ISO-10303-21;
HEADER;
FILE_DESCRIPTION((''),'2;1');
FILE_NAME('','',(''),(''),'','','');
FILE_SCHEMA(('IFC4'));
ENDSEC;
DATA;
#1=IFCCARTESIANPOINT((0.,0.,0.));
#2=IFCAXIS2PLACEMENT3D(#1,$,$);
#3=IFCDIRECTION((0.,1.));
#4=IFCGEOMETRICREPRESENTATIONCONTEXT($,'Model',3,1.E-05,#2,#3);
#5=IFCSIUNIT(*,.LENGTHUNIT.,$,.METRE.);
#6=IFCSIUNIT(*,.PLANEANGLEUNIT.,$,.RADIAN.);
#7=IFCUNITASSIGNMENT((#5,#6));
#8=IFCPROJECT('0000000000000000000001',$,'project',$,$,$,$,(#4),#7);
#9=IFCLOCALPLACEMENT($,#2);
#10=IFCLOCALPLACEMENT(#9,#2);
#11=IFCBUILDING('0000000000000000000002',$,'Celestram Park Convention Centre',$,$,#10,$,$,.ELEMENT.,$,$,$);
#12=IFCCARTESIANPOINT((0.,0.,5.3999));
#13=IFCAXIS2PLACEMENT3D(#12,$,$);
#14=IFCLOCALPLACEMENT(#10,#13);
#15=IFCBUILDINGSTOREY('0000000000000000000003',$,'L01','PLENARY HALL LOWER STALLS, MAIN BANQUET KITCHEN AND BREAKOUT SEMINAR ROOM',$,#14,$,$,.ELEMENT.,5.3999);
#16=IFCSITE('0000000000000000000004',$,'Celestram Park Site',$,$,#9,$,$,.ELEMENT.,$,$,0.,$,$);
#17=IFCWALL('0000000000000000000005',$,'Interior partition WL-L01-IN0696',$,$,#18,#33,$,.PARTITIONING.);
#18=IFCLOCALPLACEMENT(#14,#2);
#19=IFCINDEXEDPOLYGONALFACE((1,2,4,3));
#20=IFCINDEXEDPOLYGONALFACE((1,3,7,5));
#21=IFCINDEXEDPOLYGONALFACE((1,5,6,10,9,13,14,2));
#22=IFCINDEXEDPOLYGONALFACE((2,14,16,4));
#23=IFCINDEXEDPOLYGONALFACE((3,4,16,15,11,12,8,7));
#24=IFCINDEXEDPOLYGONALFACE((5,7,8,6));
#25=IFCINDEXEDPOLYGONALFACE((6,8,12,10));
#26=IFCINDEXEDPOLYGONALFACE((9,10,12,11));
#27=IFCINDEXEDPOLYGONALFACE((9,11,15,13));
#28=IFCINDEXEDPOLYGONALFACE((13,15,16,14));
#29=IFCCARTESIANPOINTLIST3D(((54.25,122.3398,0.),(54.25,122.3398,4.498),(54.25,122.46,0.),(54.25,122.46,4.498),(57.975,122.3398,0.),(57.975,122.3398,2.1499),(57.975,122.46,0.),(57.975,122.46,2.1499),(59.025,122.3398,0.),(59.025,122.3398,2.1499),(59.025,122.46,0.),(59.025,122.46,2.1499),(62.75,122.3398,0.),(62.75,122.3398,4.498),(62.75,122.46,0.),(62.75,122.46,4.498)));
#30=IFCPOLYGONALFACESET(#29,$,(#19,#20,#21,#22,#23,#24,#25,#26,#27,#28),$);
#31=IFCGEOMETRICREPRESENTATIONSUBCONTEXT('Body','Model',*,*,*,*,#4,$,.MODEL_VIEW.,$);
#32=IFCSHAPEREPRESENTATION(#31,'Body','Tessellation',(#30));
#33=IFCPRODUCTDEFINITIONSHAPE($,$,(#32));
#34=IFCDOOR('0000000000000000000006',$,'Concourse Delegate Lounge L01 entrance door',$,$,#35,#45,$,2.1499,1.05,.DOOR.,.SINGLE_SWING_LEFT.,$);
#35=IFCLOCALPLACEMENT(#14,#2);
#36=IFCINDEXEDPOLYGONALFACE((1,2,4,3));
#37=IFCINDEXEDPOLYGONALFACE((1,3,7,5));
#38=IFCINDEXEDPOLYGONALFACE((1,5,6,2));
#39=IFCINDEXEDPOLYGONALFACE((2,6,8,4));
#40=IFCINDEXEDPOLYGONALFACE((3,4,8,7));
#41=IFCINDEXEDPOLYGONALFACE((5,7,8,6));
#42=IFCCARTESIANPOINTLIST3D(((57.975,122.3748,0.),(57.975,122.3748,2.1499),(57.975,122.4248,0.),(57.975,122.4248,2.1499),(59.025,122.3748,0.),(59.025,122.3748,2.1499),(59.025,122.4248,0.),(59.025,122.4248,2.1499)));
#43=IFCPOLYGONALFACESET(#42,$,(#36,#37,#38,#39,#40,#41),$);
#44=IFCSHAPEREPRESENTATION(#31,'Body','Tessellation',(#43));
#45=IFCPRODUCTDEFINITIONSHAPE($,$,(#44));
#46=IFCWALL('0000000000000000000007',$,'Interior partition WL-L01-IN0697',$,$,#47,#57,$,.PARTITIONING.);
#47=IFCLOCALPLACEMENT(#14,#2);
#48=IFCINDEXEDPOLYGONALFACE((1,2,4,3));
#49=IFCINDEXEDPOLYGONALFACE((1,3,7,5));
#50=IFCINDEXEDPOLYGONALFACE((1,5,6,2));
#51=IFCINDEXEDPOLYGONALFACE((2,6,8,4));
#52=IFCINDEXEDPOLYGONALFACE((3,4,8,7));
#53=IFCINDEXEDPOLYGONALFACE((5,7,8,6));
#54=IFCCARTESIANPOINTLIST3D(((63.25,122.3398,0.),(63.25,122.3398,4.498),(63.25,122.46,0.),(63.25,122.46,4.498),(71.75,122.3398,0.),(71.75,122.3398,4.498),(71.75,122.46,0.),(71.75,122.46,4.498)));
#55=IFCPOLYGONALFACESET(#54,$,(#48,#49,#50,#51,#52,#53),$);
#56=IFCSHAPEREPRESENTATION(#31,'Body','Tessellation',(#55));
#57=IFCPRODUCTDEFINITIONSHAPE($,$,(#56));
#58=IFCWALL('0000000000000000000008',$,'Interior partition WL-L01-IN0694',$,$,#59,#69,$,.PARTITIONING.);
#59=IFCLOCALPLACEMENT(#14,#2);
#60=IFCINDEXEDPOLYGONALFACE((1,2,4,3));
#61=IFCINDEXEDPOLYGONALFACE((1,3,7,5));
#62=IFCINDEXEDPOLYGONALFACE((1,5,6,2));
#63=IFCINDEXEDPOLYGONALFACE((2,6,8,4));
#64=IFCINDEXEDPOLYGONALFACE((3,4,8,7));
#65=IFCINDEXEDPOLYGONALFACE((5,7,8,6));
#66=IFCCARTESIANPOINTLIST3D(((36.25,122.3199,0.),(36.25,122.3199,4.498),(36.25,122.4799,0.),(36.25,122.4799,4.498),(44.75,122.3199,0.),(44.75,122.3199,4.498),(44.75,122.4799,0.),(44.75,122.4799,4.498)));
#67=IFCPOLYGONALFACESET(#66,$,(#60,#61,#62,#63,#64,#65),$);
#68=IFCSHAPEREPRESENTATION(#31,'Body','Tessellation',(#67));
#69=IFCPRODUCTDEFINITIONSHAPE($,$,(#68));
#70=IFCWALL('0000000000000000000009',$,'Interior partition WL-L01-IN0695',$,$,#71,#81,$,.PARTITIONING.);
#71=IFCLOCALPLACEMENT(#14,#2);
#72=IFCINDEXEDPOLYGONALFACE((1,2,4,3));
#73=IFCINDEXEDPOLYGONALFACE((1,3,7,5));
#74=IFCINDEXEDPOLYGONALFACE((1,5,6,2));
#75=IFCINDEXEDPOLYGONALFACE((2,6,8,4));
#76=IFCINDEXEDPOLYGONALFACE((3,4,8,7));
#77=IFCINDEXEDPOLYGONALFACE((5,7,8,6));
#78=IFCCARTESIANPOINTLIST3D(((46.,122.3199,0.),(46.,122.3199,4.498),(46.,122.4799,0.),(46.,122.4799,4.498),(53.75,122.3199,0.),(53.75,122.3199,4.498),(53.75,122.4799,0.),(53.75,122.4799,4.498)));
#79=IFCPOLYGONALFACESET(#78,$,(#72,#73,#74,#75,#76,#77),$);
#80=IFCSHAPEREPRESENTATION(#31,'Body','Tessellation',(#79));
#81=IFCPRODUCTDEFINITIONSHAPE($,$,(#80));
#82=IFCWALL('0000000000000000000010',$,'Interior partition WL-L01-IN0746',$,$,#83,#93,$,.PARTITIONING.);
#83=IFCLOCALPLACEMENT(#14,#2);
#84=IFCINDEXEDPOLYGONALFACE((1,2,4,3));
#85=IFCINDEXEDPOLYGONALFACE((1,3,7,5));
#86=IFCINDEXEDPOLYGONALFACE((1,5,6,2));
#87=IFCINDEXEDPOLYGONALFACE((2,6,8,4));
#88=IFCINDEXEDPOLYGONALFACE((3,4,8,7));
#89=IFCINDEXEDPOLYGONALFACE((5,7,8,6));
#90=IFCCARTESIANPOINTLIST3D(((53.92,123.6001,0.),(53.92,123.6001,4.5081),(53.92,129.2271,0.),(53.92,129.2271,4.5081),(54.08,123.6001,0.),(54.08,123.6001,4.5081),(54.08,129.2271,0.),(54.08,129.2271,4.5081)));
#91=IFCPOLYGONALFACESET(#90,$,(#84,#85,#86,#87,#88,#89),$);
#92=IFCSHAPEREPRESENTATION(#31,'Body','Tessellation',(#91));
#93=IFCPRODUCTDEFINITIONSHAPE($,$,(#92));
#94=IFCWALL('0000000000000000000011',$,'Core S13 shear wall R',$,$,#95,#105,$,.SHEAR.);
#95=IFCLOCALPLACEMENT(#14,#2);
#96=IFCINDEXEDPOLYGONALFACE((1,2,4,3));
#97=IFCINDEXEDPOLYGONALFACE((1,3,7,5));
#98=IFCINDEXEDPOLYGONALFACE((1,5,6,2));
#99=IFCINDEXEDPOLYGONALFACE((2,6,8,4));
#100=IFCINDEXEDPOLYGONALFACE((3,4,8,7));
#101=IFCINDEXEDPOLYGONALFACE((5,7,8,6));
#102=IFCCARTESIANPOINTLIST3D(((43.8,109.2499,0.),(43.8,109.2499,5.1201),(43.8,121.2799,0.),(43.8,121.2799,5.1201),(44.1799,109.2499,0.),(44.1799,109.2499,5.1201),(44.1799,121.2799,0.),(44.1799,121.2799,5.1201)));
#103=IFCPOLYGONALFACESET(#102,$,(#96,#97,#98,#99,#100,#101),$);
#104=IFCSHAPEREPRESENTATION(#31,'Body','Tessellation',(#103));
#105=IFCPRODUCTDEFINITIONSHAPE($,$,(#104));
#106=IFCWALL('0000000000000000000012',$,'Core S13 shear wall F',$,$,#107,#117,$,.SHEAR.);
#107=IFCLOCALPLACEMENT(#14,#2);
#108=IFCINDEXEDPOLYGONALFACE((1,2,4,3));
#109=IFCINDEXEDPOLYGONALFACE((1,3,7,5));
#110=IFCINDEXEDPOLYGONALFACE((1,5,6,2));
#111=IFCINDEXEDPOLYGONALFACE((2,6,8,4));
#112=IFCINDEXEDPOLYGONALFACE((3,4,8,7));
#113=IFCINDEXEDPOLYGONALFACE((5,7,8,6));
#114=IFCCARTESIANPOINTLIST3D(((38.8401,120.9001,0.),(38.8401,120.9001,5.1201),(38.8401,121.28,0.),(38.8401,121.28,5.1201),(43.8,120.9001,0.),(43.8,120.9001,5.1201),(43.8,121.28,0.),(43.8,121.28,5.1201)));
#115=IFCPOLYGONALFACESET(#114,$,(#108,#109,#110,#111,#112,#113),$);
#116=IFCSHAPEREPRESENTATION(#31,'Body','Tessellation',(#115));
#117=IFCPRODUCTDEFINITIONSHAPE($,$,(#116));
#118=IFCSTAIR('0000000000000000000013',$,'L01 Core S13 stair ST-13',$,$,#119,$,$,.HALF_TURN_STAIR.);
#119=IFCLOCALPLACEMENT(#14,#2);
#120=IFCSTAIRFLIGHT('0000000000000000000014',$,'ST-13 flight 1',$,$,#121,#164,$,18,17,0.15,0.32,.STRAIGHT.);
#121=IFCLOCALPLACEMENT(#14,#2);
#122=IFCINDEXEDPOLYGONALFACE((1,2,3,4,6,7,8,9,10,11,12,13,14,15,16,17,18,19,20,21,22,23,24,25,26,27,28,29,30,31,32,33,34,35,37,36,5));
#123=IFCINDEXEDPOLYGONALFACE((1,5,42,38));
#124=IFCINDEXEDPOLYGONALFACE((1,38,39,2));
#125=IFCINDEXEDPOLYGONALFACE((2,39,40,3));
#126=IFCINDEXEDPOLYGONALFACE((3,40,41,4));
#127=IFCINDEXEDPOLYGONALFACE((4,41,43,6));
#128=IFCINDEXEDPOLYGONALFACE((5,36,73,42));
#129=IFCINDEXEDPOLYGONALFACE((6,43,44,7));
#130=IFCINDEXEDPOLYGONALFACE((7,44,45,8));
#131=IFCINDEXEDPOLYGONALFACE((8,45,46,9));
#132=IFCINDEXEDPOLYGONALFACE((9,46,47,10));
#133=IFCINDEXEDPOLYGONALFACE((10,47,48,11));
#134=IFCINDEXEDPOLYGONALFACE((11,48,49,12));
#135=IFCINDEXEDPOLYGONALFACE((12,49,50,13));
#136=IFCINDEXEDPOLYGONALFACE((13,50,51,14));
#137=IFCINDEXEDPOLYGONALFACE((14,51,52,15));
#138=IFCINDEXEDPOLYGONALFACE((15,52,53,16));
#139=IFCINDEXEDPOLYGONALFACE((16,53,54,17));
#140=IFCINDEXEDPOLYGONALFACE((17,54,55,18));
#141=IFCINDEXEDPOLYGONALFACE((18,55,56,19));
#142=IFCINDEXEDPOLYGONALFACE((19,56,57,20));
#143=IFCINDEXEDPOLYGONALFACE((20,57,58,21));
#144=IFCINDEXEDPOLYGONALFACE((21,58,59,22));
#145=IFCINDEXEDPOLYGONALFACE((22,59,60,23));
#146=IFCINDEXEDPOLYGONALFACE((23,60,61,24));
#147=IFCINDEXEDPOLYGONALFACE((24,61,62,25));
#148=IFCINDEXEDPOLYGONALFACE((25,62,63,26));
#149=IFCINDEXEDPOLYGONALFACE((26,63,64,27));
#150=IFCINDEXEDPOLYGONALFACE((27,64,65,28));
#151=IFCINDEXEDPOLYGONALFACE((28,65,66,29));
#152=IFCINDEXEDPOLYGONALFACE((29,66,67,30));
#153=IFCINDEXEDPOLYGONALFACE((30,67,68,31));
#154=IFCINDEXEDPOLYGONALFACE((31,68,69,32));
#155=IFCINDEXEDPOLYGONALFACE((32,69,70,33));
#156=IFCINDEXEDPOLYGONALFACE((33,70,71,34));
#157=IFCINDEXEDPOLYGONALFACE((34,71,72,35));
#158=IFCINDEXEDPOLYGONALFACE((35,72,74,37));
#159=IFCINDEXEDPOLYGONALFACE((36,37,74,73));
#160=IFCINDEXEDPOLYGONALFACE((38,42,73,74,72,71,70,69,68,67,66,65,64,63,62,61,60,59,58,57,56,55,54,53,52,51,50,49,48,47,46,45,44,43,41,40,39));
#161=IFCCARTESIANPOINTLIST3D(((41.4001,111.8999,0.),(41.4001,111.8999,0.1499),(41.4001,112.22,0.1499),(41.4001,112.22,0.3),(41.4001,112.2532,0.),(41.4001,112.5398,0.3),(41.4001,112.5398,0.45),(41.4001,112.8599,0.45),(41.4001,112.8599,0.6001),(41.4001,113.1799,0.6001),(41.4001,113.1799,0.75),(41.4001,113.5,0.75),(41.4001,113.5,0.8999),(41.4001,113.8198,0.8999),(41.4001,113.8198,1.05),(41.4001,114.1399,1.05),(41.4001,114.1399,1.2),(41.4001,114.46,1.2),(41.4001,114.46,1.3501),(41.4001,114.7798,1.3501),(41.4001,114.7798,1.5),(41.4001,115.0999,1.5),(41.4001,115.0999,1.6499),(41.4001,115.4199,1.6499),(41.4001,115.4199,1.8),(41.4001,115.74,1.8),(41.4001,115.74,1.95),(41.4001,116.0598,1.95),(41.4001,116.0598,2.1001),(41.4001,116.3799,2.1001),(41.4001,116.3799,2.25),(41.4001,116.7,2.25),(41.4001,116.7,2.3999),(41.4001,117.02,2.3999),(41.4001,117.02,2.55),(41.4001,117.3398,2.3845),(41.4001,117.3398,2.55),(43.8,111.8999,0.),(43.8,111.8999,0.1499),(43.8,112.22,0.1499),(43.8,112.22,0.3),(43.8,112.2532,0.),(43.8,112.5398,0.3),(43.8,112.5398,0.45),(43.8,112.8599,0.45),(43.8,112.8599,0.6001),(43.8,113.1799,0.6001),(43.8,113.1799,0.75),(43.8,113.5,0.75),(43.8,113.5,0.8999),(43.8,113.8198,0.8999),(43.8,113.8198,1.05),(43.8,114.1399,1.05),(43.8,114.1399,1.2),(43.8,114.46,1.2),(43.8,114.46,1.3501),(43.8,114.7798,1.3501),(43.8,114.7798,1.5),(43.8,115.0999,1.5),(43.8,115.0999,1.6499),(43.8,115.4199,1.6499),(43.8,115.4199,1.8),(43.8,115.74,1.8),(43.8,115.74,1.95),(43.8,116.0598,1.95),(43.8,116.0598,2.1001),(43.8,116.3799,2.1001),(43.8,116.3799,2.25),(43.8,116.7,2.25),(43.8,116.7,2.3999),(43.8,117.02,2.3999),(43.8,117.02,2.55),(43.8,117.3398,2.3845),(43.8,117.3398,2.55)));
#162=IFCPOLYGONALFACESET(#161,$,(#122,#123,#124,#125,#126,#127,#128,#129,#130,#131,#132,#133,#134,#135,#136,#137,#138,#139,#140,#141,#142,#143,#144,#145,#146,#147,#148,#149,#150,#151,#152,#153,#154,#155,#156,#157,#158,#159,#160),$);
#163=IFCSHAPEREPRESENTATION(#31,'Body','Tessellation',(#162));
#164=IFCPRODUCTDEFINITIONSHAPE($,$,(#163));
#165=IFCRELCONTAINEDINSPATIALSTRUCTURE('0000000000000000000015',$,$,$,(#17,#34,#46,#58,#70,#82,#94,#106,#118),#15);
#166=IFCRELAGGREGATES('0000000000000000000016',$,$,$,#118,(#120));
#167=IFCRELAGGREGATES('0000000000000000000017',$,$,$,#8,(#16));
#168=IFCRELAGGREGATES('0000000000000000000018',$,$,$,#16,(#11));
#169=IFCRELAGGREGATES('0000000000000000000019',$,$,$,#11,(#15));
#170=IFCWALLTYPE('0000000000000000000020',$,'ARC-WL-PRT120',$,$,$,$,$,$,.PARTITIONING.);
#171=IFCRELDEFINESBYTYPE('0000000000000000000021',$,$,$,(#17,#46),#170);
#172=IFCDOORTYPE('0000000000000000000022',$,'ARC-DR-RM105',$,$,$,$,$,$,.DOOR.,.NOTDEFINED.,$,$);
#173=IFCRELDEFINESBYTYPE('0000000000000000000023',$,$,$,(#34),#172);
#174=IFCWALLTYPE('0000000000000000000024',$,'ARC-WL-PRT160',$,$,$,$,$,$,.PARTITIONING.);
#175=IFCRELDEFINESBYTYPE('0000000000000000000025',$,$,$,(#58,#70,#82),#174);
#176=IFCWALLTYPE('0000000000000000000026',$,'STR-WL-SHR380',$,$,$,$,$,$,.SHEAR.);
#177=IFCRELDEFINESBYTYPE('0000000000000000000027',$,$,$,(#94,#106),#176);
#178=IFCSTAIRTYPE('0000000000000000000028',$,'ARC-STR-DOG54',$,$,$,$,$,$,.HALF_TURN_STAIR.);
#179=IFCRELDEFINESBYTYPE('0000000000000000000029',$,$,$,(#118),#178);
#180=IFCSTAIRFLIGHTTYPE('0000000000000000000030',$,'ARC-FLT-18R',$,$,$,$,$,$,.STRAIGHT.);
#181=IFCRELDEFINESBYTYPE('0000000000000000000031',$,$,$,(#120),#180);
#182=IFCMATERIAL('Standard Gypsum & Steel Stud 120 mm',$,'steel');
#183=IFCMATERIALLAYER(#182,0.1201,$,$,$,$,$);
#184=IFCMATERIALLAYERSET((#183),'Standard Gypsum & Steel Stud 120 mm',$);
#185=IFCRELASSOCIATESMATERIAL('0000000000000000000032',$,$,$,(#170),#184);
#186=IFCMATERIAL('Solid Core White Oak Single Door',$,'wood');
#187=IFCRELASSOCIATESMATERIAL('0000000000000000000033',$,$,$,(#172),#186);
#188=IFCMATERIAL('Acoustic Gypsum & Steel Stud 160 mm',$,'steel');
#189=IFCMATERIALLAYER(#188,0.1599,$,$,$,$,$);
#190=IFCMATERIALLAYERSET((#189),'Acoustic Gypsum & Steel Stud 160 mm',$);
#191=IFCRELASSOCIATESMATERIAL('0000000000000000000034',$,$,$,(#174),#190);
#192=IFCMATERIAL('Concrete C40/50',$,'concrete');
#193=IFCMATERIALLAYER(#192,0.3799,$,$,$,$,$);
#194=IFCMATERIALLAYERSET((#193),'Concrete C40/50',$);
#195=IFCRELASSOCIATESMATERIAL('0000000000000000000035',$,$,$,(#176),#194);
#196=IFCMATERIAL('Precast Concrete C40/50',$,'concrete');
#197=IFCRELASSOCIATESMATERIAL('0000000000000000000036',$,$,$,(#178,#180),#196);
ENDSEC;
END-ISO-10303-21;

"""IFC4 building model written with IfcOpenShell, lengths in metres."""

from ifc_helpers import new_model, si_unit, direction, frame, frame_2d, origin, place, context, subcontext, project, spatial, polyline, rectangle, outline, extrude, material, layer, layer_set, type_object, element, fill, aggregate, save


model = new_model("IFC4")

# Units and contexts
model_context = context("Model", 3, precision=1e-05, world=origin(), true_north=direction((0.0, 1.0)))
body_context = subcontext(model_context, "Body", "Model", "MODEL_VIEW")
ifc_project = project(units=[si_unit("LENGTHUNIT", "METRE"), si_unit("PLANEANGLEUNIT", "RADIAN")], contexts=[model_context])

# Site, building, storey
site_placement = place(None, origin())
site = spatial("IfcSite", under=ifc_project, at=site_placement, Name="Celestram Park Site", CompositionType="ELEMENT", RefElevation=0.0)
building_placement = place(site_placement, origin())
building = spatial("IfcBuilding", under=site, at=building_placement, Name="Celestram Park Convention Centre", CompositionType="ELEMENT")
storey_placement = place(building_placement, frame((0.0, 0.0, 5.3999)))
storey = spatial("IfcBuildingStorey", under=building, at=storey_placement, Name="L01", Description="PLENARY HALL LOWER STALLS, MAIN BANQUET KITCHEN AND BREAKOUT SEMINAR ROOM", CompositionType="ELEMENT", Elevation=5.3999)

# Wall, opening, door
ifc_material_1 = material(Name="Standard Gypsum & Steel Stud 120 mm", Category="steel")
ifc_layer_1 = layer(ifc_material_1, 0.1201)
ifc_layer_set_1 = layer_set([ifc_layer_1], Name="Standard Gypsum & Steel Stud 120 mm")
wall_type_1 = type_object("IfcWallType", Name="ARC-WL-PRT120", PredefinedType="PARTITIONING", material=ifc_layer_set_1)
wall_1_placement = place(storey_placement, frame((54.25, 122.3999, 0.0), z_axis=(0.0, 0.0, 1.0), x_axis=(1.0, 0.0, 0.0)))
wall_1 = element("IfcWall", 1, at=wall_1_placement, inside=storey, type_object=wall_type_1, Name="Interior partition WL-L01-IN0696", PredefinedType="PARTITIONING", context=body_context, shape_type="SweptSolid", body=[
    extrude(rectangle(XDim=8.5, YDim=0.1201, at=frame_2d((4.25, 0.0))), origin(), (0.0, 0.0, 1.0), 4.498),
])
opening_placement = place(wall_1_placement, frame((3.7251, 0.0, 0.0)))
opening = element("IfcOpeningElement", 2, at=opening_placement, cuts=wall_1, PredefinedType="OPENING", context=body_context, shape_type="SweptSolid", body=[
    extrude(rectangle(XDim=1.05, YDim=2.1499, at=frame_2d((0.5249, 1.075))), frame((0.0, 0.0701, 0.0), z_axis=(0.0, -1.0, 0.0), x_axis=(1.0, 0.0, 0.0)), (0.0, 0.0, 1.0), 0.1401),
])
ifc_material_2 = material(Name="Solid Core White Oak Single Door", Category="wood")
door_type = type_object("IfcDoorType", Name="ARC-DR-RM105", OperationType="NOTDEFINED", PredefinedType="DOOR", material=ifc_material_2)
door_placement = place(opening_placement, origin())
door = element("IfcDoor", 3, at=door_placement, inside=storey, type_object=door_type, Name="Concourse Delegate Lounge L01 entrance door", OperationType="SINGLE_SWING_LEFT", OverallHeight=2.1499, OverallWidth=1.05, PredefinedType="DOOR", context=body_context, shape_type="SweptSolid", body=[
    extrude(rectangle(XDim=1.05, YDim=2.1499, at=frame_2d((0.5249, 1.075))), frame((0.0, 0.0249, 0.0), z_axis=(0.0, -1.0, 0.0), x_axis=(1.0, 0.0, 0.0)), (0.0, 0.0, 1.0), 0.05),
])
fill(opening, door)

# Walls
wall_2_placement = place(storey_placement, frame((63.25, 122.3999, 0.0), z_axis=(0.0, 0.0, 1.0), x_axis=(1.0, 0.0, 0.0)))
element("IfcWall", 4, at=wall_2_placement, inside=storey, type_object=wall_type_1, Name="Interior partition WL-L01-IN0697", PredefinedType="PARTITIONING", context=body_context, shape_type="SweptSolid", body=[
    extrude(rectangle(XDim=8.5, YDim=0.1201, at=frame_2d((4.25, 0.0))), origin(), (0.0, 0.0, 1.0), 4.498),
])
ifc_material_3 = material(Name="Acoustic Gypsum & Steel Stud 160 mm", Category="steel")
ifc_layer_2 = layer(ifc_material_3, 0.1599)
ifc_layer_set_2 = layer_set([ifc_layer_2], Name="Acoustic Gypsum & Steel Stud 160 mm")
wall_type_2 = type_object("IfcWallType", Name="ARC-WL-PRT160", PredefinedType="PARTITIONING", material=ifc_layer_set_2)
wall_3_placement = place(storey_placement, frame((36.25, 122.3999, 0.0), z_axis=(0.0, 0.0, 1.0), x_axis=(1.0, 0.0, 0.0)))
element("IfcWall", 5, at=wall_3_placement, inside=storey, type_object=wall_type_2, Name="Interior partition WL-L01-IN0694", PredefinedType="PARTITIONING", context=body_context, shape_type="SweptSolid", body=[
    extrude(rectangle(XDim=8.5, YDim=0.1599, at=frame_2d((4.25, 0.0))), origin(), (0.0, 0.0, 1.0), 4.498),
])
wall_4_placement = place(storey_placement, frame((46.0, 122.3999, 0.0), z_axis=(0.0, 0.0, 1.0), x_axis=(1.0, 0.0, 0.0)))
element("IfcWall", 6, at=wall_4_placement, inside=storey, type_object=wall_type_2, Name="Interior partition WL-L01-IN0695", PredefinedType="PARTITIONING", context=body_context, shape_type="SweptSolid", body=[
    extrude(rectangle(XDim=7.75, YDim=0.1599, at=frame_2d((3.875, 0.0))), origin(), (0.0, 0.0, 1.0), 4.498),
])
wall_5_placement = place(storey_placement, frame((54.0, 123.6001, 0.0), z_axis=(0.0, 0.0, 1.0), x_axis=(0.0, 1.0, 0.0)))
element("IfcWall", 7, at=wall_5_placement, inside=storey, type_object=wall_type_2, Name="Interior partition WL-L01-IN0746", PredefinedType="PARTITIONING", context=body_context, shape_type="SweptSolid", body=[
    extrude(rectangle(XDim=5.627, YDim=0.1599, at=frame_2d((2.8135, 0.0))), origin(), (0.0, 0.0, 1.0), 4.5081),
])
ifc_material_4 = material(Name="Concrete C40/50", Category="concrete")
ifc_layer_3 = layer(ifc_material_4, 0.3799)
ifc_layer_set_3 = layer_set([ifc_layer_3], Name="Concrete C40/50")
wall_type_3 = type_object("IfcWallType", Name="STR-WL-SHR380", PredefinedType="SHEAR", material=ifc_layer_set_3)
wall_6_placement = place(storey_placement, frame((43.99, 121.28, 0.0), z_axis=(0.0, 0.0, 1.0), x_axis=(0.0, -1.0, 0.0)))
element("IfcWall", 8, at=wall_6_placement, inside=storey, type_object=wall_type_3, Name="Core S13 shear wall R", PredefinedType="SHEAR", context=body_context, shape_type="SweptSolid", body=[
    extrude(rectangle(XDim=12.03, YDim=0.3799, at=frame_2d((6.0151, 0.0))), origin(), (0.0, 0.0, 1.0), 5.1201),
])
wall_7_placement = place(storey_placement, frame((38.8401, 121.0901, 0.0), z_axis=(0.0, 0.0, 1.0), x_axis=(1.0, 0.0, 0.0)))
element("IfcWall", 9, at=wall_7_placement, inside=storey, type_object=wall_type_3, Name="Core S13 shear wall F", PredefinedType="SHEAR", context=body_context, shape_type="SweptSolid", body=[
    extrude(rectangle(XDim=4.96, YDim=0.3799, at=frame_2d((2.48, 0.0))), origin(), (0.0, 0.0, 1.0), 5.1201),
])

# Stair, stair flight
ifc_material_5 = material(Name="Precast Concrete C40/50", Category="concrete")
stair_type = type_object("IfcStairType", Name="ARC-STR-DOG54", PredefinedType="HALF_TURN_STAIR", material=ifc_material_5)
stair_placement = place(storey_placement, origin())
stair = element("IfcStair", 10, at=stair_placement, inside=storey, type_object=stair_type, Name="L01 Core S13 stair ST-13", PredefinedType="HALF_TURN_STAIR")
stair_flight_type = type_object("IfcStairFlightType", Name="ARC-FLT-18R", PredefinedType="STRAIGHT", material=ifc_material_5)
stair_flight_1_placement = place(storey_placement, frame((42.6001, 111.8999, 0.0), z_axis=(0.0, 0.0, 1.0), x_axis=(0.0, 1.0, 0.0)))
stair_flight_1 = element("IfcStairFlight", 11, at=stair_flight_1_placement, type_object=stair_flight_type, Name="ST-13 flight 1", NumberOfRisers=18, NumberOfTreads=17, PredefinedType="STRAIGHT", RiserHeight=0.15, TreadLength=0.32, context=body_context, shape_type="SweptSolid", body=[
    extrude(outline(polyline([(0.0, 0.0), (0.0, 0.1499), (0.3201, 0.1499), (0.3201, 0.3), (0.6399, 0.3), (0.6399, 0.45), (0.96, 0.45), (0.96, 0.6001), (1.28, 0.6001), (1.28, 0.75), (1.6001, 0.75), (1.6001, 0.8999), (1.9199, 0.8999), (1.9199, 1.05), (2.24, 1.05), (2.24, 1.2), (2.5601, 1.2), (2.5601, 1.3501), (2.8799, 1.3501), (2.8799, 1.5), (3.2, 1.5), (3.2, 1.6499), (3.52, 1.6499), (3.52, 1.8), (3.8401, 1.8), (3.8401, 1.95), (4.1599, 1.95), (4.1599, 2.1001), (4.48, 2.1001), (4.48, 2.25), (4.8, 2.25), (4.8, 2.3999), (5.1201, 2.3999), (5.1201, 2.55), (5.4399, 2.55), (5.4399, 2.7), (5.4399, 2.3845), (0.3533, 0.0), (0.0, 0.0)])), frame((0.0, 1.2, 0.0), z_axis=(0.0, -1.0, 0.0), x_axis=(1.0, 0.0, 0.0)), (0.0, 0.0, 1.0), 2.3999),
])
aggregate(stair, [stair_flight_1])

save(model, "model.ifc")
